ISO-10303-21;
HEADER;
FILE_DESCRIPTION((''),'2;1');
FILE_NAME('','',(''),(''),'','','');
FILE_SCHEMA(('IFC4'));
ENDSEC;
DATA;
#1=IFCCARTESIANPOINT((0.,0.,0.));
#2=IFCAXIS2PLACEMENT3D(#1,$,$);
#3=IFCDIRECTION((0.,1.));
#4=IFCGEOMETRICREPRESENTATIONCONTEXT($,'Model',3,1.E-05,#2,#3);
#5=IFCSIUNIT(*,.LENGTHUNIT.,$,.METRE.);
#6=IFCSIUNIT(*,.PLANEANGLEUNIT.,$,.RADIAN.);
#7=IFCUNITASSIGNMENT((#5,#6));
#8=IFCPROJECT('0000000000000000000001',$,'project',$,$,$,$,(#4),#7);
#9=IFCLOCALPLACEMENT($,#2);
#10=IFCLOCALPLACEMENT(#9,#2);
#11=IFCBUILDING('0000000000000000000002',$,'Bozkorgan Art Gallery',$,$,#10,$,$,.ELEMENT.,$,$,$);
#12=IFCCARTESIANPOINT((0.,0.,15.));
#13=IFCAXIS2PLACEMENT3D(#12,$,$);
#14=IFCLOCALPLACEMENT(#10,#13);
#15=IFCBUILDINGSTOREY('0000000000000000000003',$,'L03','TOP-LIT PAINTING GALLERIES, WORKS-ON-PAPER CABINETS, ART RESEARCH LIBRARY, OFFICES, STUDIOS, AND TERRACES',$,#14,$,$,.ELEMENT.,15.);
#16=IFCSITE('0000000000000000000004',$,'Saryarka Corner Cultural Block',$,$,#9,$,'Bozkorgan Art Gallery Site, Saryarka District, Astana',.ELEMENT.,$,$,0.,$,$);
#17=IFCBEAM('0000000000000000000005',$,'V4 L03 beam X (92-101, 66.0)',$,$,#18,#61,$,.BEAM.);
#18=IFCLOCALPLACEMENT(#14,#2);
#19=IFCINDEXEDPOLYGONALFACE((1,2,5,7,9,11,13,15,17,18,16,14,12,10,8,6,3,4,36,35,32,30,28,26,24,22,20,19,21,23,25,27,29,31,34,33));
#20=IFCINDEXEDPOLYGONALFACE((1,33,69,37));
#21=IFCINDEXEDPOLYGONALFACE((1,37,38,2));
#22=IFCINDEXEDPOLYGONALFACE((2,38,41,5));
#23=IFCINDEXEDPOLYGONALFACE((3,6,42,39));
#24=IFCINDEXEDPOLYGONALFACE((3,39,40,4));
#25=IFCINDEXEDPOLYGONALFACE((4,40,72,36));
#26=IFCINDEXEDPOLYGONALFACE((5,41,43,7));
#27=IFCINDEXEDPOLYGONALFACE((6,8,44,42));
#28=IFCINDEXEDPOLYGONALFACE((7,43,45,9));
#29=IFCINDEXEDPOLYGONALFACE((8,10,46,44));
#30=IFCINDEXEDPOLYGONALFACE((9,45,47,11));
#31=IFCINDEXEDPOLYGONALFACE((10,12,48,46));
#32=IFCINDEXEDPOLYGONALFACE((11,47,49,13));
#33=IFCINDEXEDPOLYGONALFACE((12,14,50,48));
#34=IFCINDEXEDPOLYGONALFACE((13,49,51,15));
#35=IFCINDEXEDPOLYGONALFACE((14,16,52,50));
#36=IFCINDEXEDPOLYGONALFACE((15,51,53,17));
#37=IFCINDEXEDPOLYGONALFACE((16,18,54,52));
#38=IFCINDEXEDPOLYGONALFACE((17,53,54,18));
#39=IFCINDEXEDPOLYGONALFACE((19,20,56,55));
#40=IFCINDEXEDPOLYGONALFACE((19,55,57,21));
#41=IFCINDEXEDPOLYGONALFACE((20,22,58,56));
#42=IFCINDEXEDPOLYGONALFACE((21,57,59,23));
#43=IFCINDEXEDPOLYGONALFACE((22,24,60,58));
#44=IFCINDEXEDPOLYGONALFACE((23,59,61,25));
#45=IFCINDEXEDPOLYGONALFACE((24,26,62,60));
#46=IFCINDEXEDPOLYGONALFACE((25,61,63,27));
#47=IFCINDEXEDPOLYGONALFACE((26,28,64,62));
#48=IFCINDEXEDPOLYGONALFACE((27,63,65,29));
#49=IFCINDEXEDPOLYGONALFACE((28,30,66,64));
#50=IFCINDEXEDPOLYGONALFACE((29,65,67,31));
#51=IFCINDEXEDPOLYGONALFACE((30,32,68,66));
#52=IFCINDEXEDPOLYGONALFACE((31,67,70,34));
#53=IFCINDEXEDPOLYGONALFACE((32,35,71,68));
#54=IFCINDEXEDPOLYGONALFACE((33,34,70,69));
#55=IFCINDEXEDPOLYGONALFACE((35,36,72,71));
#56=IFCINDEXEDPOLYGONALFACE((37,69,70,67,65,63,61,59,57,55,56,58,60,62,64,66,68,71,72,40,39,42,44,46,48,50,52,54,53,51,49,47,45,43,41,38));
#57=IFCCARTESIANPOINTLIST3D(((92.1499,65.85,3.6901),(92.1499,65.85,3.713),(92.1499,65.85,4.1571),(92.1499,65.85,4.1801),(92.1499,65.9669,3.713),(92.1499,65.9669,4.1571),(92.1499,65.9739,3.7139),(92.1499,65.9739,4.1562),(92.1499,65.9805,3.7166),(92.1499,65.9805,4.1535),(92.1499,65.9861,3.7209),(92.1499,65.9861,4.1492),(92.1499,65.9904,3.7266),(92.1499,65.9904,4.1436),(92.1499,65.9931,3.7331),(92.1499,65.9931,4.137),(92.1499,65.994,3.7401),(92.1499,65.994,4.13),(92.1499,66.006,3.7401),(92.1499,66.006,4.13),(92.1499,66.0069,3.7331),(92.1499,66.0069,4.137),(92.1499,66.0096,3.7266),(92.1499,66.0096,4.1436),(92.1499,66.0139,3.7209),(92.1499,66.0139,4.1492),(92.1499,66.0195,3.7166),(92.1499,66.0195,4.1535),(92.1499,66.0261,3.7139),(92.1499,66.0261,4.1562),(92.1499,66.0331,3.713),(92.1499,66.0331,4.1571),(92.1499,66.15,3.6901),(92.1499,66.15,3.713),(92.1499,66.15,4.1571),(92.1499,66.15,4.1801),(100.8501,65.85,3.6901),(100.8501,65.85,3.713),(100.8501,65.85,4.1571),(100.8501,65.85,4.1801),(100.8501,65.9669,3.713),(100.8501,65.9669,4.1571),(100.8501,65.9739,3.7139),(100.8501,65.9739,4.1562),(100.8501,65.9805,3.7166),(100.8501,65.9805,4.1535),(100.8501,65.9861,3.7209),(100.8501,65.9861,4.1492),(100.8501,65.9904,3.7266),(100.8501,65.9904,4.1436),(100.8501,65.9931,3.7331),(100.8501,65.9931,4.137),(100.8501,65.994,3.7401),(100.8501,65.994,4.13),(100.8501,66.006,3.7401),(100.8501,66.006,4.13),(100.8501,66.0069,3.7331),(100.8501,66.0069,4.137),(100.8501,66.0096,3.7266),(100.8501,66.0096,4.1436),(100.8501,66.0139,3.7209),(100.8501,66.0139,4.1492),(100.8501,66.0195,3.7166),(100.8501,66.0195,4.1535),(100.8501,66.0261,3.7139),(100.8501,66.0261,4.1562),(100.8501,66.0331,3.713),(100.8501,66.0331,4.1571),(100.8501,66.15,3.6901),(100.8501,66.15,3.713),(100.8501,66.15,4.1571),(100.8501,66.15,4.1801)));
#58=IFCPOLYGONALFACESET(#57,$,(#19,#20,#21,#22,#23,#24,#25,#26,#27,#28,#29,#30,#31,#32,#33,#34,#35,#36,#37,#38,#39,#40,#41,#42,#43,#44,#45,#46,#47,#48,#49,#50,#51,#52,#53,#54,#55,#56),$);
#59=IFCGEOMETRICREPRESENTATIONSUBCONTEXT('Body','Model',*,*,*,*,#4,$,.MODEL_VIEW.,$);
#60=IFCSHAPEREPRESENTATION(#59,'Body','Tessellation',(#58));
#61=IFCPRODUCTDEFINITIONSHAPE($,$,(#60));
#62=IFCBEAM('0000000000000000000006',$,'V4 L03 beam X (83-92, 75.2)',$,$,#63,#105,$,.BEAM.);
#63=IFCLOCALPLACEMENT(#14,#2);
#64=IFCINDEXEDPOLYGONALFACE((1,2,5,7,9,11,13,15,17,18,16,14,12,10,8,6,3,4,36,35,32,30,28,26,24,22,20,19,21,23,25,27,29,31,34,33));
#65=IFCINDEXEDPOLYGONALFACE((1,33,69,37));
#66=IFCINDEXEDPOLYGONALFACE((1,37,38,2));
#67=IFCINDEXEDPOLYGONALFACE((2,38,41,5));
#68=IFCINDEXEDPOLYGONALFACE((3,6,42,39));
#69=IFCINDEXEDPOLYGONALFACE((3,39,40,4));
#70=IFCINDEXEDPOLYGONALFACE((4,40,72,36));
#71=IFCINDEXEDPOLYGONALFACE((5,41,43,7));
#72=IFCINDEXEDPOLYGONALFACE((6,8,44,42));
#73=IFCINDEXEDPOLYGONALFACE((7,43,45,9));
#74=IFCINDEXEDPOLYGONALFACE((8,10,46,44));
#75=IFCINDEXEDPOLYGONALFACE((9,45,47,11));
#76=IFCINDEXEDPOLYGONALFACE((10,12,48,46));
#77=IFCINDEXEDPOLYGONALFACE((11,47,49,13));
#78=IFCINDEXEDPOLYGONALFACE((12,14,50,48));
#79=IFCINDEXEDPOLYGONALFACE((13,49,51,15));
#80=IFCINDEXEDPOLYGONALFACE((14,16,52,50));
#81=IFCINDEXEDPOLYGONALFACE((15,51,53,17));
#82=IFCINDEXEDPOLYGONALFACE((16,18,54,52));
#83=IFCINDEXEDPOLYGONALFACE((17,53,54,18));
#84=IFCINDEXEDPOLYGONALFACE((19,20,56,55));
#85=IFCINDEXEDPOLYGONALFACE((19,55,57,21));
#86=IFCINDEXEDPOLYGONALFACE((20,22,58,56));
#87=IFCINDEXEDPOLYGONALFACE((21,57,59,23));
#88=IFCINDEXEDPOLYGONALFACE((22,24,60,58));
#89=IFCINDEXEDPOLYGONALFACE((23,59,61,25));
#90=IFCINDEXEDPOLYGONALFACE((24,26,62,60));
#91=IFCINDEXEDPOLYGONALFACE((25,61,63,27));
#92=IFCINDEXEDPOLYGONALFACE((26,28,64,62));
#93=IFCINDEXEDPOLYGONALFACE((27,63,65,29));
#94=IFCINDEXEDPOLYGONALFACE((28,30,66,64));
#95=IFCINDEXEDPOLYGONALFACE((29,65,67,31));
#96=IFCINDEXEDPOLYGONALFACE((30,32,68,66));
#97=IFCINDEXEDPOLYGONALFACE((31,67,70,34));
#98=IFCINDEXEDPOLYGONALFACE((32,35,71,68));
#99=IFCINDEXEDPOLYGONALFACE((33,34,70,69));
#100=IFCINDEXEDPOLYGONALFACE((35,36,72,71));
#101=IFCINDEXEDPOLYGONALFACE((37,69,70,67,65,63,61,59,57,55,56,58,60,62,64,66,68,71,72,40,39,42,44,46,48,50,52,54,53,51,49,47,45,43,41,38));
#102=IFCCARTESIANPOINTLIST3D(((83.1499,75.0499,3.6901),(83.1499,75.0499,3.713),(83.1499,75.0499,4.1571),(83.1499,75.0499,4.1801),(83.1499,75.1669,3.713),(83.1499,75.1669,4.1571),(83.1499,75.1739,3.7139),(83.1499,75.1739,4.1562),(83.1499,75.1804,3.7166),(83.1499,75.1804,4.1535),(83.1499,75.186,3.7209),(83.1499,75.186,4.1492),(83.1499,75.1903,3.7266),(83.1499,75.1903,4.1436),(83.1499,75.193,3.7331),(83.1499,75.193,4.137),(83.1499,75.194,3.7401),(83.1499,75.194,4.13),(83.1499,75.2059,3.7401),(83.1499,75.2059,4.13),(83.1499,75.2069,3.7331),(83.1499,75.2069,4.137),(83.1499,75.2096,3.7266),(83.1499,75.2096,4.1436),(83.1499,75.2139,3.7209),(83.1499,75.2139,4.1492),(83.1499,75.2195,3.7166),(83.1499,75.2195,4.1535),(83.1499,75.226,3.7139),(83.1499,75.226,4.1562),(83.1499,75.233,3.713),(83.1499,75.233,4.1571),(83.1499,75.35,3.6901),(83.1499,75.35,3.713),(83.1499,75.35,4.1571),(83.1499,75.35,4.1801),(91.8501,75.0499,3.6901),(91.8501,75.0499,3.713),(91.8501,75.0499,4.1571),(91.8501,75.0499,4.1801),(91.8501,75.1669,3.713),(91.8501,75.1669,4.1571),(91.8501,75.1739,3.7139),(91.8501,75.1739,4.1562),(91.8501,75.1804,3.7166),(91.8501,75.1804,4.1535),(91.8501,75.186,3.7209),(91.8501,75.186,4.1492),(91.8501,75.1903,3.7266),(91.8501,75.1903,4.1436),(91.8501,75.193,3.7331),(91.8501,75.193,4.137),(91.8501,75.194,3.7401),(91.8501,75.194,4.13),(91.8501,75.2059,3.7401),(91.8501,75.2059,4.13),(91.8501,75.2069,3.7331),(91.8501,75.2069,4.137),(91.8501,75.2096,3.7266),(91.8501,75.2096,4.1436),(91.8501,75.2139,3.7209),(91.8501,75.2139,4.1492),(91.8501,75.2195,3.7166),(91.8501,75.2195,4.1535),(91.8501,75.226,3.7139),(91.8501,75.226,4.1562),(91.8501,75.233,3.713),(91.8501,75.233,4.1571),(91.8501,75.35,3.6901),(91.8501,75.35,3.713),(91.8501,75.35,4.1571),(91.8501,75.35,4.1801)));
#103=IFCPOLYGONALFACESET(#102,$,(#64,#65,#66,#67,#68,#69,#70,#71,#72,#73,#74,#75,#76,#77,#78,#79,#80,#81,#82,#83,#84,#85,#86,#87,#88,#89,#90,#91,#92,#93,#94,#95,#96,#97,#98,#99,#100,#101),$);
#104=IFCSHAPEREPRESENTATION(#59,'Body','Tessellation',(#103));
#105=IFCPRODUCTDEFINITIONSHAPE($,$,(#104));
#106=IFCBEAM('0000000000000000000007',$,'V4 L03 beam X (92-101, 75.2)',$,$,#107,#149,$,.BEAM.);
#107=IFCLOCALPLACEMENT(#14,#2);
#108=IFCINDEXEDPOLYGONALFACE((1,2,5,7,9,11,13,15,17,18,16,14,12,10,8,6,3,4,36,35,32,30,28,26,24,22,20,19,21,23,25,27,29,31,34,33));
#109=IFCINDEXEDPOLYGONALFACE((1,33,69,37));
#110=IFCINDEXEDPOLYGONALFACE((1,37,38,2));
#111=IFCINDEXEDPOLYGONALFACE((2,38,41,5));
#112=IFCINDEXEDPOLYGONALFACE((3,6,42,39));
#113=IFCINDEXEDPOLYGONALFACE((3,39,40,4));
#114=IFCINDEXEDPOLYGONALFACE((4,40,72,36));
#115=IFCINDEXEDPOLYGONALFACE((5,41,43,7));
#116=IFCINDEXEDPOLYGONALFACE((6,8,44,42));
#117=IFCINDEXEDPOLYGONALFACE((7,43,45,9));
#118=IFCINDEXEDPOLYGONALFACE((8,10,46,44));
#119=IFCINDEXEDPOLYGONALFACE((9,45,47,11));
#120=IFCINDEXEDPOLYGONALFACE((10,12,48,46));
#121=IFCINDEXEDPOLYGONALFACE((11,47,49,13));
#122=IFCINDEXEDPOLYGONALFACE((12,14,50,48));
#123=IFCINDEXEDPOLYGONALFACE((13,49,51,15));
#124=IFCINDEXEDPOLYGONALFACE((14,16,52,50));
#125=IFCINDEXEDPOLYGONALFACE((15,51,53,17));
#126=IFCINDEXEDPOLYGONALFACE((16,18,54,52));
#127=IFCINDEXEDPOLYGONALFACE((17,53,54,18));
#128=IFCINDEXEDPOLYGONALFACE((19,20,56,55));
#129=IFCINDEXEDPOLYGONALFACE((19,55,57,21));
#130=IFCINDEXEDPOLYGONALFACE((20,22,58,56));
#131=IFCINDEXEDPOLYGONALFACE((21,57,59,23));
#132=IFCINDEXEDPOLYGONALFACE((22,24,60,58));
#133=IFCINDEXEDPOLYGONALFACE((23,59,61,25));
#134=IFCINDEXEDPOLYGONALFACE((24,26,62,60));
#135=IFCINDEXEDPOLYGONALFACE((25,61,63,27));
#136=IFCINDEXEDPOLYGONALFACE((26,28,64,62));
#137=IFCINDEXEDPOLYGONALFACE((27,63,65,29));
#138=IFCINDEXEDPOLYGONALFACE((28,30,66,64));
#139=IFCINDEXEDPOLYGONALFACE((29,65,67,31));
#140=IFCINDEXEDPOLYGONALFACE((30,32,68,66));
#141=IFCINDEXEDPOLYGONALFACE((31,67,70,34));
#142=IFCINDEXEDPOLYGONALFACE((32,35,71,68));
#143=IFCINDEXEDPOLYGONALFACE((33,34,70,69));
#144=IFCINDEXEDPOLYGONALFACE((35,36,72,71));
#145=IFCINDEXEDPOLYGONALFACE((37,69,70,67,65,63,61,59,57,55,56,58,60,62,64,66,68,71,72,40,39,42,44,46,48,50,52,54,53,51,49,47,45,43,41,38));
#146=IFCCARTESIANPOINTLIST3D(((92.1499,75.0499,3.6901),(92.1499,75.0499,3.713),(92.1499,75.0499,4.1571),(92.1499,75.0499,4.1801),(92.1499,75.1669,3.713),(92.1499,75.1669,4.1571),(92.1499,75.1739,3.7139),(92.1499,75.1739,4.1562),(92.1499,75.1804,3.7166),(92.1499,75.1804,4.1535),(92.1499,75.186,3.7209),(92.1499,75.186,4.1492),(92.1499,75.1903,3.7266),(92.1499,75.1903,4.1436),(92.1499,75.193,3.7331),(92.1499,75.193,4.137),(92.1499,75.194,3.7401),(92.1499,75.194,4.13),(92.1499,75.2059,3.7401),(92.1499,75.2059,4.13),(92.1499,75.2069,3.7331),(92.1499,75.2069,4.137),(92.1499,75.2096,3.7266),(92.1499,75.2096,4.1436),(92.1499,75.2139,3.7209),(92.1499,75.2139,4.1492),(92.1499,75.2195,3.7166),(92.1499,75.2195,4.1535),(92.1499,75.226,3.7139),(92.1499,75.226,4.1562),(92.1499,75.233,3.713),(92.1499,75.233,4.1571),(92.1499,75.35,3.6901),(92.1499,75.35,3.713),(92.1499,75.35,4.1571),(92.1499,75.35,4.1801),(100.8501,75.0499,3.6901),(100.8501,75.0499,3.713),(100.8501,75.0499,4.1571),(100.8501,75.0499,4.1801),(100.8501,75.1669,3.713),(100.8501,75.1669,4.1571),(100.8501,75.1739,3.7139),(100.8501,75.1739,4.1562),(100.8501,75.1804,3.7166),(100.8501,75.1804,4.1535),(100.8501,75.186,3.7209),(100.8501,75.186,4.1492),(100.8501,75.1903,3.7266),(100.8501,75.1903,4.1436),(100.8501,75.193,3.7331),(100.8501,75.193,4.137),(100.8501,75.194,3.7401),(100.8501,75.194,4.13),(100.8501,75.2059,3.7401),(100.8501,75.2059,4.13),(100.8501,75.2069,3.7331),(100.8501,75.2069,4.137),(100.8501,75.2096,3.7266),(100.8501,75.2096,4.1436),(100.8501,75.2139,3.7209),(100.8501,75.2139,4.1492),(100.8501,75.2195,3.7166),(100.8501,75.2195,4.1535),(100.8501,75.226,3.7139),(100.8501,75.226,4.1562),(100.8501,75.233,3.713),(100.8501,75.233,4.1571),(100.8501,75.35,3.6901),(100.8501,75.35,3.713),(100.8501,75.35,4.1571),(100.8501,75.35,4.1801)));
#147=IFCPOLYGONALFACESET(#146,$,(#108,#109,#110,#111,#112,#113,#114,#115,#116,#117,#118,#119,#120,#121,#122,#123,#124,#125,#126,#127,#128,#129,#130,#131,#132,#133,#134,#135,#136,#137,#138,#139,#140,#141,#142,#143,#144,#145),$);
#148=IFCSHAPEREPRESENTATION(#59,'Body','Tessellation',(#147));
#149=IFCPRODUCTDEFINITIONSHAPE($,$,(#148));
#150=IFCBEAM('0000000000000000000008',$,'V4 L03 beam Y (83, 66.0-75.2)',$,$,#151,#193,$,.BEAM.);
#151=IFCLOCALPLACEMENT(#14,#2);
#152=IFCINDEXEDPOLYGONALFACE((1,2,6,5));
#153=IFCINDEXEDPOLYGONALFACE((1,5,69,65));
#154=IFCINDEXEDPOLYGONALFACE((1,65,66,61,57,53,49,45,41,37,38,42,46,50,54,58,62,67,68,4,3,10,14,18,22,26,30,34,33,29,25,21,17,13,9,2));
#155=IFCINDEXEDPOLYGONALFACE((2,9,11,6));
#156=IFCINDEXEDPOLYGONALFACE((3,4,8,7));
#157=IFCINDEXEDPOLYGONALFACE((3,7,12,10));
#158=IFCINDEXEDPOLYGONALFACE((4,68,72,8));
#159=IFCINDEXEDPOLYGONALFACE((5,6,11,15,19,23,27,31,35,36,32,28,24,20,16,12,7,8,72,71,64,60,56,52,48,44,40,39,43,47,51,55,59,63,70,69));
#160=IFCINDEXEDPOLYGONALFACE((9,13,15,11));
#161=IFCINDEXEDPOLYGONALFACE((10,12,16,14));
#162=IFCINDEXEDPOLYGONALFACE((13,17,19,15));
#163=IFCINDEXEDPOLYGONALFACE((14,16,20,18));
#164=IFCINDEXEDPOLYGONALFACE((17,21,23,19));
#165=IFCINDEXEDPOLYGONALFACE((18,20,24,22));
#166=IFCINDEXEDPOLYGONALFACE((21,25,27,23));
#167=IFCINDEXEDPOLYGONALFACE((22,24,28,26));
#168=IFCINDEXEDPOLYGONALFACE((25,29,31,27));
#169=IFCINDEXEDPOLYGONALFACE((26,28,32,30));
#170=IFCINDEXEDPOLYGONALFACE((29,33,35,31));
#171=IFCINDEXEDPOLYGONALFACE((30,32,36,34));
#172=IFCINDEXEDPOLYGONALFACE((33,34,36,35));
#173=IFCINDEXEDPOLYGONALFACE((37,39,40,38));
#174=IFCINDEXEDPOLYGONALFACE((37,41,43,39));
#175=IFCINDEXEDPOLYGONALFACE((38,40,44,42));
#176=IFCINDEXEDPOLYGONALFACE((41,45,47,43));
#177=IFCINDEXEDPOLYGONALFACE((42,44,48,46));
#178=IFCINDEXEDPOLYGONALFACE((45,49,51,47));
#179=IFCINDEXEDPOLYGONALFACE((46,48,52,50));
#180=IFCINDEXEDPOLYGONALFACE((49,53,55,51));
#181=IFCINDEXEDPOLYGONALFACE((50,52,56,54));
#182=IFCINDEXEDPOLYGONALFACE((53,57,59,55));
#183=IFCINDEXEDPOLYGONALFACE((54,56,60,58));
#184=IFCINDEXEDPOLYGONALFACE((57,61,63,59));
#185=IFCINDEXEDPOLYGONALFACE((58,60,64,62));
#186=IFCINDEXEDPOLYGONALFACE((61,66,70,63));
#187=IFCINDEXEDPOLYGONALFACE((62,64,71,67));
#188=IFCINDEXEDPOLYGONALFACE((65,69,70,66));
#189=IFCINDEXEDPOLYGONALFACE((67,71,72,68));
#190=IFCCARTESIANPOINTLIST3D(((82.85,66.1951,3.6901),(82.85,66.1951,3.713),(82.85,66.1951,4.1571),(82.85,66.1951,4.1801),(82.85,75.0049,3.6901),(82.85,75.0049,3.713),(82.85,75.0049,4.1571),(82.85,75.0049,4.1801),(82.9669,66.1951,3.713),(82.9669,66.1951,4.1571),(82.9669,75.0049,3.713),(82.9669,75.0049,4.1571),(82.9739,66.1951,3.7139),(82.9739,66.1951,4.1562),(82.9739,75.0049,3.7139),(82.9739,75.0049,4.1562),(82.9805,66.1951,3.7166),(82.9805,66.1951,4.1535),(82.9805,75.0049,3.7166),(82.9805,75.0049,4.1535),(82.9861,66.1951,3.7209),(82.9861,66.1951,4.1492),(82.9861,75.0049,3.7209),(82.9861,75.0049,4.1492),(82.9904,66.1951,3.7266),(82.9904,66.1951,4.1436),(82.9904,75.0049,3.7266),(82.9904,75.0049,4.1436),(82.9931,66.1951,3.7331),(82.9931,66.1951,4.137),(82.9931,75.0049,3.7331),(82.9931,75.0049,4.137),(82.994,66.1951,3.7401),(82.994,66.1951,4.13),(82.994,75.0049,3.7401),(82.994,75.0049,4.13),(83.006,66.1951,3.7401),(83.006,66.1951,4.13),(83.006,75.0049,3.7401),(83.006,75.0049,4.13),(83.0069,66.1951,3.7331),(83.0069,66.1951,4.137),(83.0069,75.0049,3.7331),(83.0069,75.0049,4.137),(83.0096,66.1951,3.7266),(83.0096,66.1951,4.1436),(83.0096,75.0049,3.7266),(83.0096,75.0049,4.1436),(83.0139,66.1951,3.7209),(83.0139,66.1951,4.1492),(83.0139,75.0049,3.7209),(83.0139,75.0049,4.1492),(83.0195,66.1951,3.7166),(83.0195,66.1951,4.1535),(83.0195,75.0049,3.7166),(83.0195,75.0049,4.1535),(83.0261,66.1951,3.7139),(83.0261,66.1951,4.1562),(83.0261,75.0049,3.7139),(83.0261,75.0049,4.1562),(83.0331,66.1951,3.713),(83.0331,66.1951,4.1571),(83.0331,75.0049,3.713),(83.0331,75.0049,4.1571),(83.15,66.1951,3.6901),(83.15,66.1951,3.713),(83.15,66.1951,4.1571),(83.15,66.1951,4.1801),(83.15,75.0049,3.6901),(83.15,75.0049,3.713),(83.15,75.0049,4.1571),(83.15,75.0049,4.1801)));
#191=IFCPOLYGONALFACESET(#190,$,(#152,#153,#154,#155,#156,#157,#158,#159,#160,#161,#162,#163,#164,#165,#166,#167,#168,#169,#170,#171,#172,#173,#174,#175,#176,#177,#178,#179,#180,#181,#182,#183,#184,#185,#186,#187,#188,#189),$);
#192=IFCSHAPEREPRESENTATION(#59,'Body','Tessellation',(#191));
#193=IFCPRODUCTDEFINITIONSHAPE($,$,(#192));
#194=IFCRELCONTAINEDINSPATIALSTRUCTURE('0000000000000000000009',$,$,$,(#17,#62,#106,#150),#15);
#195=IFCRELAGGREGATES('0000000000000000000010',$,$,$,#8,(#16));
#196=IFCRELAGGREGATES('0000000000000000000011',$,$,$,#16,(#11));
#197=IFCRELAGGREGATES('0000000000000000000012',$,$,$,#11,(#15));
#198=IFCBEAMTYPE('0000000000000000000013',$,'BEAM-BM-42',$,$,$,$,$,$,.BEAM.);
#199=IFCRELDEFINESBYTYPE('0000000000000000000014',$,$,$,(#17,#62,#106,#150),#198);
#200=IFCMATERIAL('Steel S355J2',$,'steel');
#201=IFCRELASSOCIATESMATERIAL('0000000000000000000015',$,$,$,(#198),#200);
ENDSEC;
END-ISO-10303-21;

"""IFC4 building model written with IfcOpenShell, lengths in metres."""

from ifc_helpers import new_model, si_unit, direction, frame, origin, origin_2d, place, context, subcontext, project, spatial, i_section, extrude, material, material_profile, profile_set, type_object, element, save


model = new_model("IFC4")

# Units and contexts
model_context = context("Model", 3, precision=1e-05, world=origin(), true_north=direction((0.0, 1.0)))
body_context = subcontext(model_context, "Body", "Model", "MODEL_VIEW")
ifc_project = project(units=[si_unit("LENGTHUNIT", "METRE"), si_unit("PLANEANGLEUNIT", "RADIAN")], contexts=[model_context])

# Site, building, storey
site_placement = place(None, origin())
site = spatial("IfcSite", under=ifc_project, at=site_placement, Name="Saryarka Corner Cultural Block", LongName="Bozkorgan Art Gallery Site, Saryarka District, Astana", CompositionType="ELEMENT", RefElevation=0.0)
building_placement = place(site_placement, origin())
building = spatial("IfcBuilding", under=site, at=building_placement, Name="Bozkorgan Art Gallery", CompositionType="ELEMENT")
storey_placement = place(building_placement, frame((0.0, 0.0, 15.0)))
storey = spatial("IfcBuildingStorey", under=building, at=storey_placement, Name="L03", Description="TOP-LIT PAINTING GALLERIES, WORKS-ON-PAPER CABINETS, ART RESEARCH LIBRARY, OFFICES, STUDIOS, AND TERRACES", CompositionType="ELEMENT", Elevation=15.0)

# Shared definitions
ifc_material_1 = material(Name="Steel S355J2", Category="steel")

# Beams
ifc_material_profile_1 = material_profile(ifc_material_1, i_section(OverallWidth=0.3, OverallDepth=0.49, WebThickness=0.012, FlangeThickness=0.0229, FilletRadius=0.0271, at=origin_2d()), Name="HEA 500")
ifc_profile_set_1 = profile_set([ifc_material_profile_1], Name="Steel S355J2")
beam_type_1 = type_object("IfcBeamType", Name="BEAM-BM-42", PredefinedType="BEAM", material=ifc_profile_set_1)
for number, where, z_axis, x_axis, name in (
    (1, (92.1499, 66.0, 3.9351), (1.0, 0.0, 0.0), (0.0, 1.0, 0.0), "V4 L03 beam X (92-101, 66.0)"),
    (2, (83.1499, 75.2, 3.9351), (1.0, 0.0, 0.0), (0.0, 1.0, 0.0), "V4 L03 beam X (83-92, 75.2)"),
    (3, (92.1499, 75.2, 3.9351), (1.0, 0.0, 0.0), (0.0, 1.0, 0.0), "V4 L03 beam X (92-101, 75.2)"),
):
    element("IfcBeam", number, at=place(storey_placement, frame(where, z_axis=z_axis, x_axis=x_axis)), inside=storey, type_object=beam_type_1, Name=name, PredefinedType="BEAM", context=body_context, shape_type="SweptSolid", body=[
        extrude(i_section(OverallWidth=0.3, OverallDepth=0.49, WebThickness=0.012, FlangeThickness=0.0229, FilletRadius=0.0271, at=origin_2d()), origin(), (0.0, 0.0, 1.0), 8.7002),
    ])
beam_1_placement = place(storey_placement, frame((83.0, 66.1951, 3.9351), z_axis=(0.0, 1.0, 0.0), x_axis=(-1.0, 0.0, 0.0)))
element("IfcBeam", 4, at=beam_1_placement, inside=storey, type_object=beam_type_1, Name="V4 L03 beam Y (83, 66.0-75.2)", PredefinedType="BEAM", context=body_context, shape_type="SweptSolid", body=[
    extrude(i_section(OverallWidth=0.3, OverallDepth=0.49, WebThickness=0.012, FlangeThickness=0.0229, FilletRadius=0.0271, at=origin_2d()), origin(), (0.0, 0.0, 1.0), 8.8098),
])

save(model, "model.ifc")
